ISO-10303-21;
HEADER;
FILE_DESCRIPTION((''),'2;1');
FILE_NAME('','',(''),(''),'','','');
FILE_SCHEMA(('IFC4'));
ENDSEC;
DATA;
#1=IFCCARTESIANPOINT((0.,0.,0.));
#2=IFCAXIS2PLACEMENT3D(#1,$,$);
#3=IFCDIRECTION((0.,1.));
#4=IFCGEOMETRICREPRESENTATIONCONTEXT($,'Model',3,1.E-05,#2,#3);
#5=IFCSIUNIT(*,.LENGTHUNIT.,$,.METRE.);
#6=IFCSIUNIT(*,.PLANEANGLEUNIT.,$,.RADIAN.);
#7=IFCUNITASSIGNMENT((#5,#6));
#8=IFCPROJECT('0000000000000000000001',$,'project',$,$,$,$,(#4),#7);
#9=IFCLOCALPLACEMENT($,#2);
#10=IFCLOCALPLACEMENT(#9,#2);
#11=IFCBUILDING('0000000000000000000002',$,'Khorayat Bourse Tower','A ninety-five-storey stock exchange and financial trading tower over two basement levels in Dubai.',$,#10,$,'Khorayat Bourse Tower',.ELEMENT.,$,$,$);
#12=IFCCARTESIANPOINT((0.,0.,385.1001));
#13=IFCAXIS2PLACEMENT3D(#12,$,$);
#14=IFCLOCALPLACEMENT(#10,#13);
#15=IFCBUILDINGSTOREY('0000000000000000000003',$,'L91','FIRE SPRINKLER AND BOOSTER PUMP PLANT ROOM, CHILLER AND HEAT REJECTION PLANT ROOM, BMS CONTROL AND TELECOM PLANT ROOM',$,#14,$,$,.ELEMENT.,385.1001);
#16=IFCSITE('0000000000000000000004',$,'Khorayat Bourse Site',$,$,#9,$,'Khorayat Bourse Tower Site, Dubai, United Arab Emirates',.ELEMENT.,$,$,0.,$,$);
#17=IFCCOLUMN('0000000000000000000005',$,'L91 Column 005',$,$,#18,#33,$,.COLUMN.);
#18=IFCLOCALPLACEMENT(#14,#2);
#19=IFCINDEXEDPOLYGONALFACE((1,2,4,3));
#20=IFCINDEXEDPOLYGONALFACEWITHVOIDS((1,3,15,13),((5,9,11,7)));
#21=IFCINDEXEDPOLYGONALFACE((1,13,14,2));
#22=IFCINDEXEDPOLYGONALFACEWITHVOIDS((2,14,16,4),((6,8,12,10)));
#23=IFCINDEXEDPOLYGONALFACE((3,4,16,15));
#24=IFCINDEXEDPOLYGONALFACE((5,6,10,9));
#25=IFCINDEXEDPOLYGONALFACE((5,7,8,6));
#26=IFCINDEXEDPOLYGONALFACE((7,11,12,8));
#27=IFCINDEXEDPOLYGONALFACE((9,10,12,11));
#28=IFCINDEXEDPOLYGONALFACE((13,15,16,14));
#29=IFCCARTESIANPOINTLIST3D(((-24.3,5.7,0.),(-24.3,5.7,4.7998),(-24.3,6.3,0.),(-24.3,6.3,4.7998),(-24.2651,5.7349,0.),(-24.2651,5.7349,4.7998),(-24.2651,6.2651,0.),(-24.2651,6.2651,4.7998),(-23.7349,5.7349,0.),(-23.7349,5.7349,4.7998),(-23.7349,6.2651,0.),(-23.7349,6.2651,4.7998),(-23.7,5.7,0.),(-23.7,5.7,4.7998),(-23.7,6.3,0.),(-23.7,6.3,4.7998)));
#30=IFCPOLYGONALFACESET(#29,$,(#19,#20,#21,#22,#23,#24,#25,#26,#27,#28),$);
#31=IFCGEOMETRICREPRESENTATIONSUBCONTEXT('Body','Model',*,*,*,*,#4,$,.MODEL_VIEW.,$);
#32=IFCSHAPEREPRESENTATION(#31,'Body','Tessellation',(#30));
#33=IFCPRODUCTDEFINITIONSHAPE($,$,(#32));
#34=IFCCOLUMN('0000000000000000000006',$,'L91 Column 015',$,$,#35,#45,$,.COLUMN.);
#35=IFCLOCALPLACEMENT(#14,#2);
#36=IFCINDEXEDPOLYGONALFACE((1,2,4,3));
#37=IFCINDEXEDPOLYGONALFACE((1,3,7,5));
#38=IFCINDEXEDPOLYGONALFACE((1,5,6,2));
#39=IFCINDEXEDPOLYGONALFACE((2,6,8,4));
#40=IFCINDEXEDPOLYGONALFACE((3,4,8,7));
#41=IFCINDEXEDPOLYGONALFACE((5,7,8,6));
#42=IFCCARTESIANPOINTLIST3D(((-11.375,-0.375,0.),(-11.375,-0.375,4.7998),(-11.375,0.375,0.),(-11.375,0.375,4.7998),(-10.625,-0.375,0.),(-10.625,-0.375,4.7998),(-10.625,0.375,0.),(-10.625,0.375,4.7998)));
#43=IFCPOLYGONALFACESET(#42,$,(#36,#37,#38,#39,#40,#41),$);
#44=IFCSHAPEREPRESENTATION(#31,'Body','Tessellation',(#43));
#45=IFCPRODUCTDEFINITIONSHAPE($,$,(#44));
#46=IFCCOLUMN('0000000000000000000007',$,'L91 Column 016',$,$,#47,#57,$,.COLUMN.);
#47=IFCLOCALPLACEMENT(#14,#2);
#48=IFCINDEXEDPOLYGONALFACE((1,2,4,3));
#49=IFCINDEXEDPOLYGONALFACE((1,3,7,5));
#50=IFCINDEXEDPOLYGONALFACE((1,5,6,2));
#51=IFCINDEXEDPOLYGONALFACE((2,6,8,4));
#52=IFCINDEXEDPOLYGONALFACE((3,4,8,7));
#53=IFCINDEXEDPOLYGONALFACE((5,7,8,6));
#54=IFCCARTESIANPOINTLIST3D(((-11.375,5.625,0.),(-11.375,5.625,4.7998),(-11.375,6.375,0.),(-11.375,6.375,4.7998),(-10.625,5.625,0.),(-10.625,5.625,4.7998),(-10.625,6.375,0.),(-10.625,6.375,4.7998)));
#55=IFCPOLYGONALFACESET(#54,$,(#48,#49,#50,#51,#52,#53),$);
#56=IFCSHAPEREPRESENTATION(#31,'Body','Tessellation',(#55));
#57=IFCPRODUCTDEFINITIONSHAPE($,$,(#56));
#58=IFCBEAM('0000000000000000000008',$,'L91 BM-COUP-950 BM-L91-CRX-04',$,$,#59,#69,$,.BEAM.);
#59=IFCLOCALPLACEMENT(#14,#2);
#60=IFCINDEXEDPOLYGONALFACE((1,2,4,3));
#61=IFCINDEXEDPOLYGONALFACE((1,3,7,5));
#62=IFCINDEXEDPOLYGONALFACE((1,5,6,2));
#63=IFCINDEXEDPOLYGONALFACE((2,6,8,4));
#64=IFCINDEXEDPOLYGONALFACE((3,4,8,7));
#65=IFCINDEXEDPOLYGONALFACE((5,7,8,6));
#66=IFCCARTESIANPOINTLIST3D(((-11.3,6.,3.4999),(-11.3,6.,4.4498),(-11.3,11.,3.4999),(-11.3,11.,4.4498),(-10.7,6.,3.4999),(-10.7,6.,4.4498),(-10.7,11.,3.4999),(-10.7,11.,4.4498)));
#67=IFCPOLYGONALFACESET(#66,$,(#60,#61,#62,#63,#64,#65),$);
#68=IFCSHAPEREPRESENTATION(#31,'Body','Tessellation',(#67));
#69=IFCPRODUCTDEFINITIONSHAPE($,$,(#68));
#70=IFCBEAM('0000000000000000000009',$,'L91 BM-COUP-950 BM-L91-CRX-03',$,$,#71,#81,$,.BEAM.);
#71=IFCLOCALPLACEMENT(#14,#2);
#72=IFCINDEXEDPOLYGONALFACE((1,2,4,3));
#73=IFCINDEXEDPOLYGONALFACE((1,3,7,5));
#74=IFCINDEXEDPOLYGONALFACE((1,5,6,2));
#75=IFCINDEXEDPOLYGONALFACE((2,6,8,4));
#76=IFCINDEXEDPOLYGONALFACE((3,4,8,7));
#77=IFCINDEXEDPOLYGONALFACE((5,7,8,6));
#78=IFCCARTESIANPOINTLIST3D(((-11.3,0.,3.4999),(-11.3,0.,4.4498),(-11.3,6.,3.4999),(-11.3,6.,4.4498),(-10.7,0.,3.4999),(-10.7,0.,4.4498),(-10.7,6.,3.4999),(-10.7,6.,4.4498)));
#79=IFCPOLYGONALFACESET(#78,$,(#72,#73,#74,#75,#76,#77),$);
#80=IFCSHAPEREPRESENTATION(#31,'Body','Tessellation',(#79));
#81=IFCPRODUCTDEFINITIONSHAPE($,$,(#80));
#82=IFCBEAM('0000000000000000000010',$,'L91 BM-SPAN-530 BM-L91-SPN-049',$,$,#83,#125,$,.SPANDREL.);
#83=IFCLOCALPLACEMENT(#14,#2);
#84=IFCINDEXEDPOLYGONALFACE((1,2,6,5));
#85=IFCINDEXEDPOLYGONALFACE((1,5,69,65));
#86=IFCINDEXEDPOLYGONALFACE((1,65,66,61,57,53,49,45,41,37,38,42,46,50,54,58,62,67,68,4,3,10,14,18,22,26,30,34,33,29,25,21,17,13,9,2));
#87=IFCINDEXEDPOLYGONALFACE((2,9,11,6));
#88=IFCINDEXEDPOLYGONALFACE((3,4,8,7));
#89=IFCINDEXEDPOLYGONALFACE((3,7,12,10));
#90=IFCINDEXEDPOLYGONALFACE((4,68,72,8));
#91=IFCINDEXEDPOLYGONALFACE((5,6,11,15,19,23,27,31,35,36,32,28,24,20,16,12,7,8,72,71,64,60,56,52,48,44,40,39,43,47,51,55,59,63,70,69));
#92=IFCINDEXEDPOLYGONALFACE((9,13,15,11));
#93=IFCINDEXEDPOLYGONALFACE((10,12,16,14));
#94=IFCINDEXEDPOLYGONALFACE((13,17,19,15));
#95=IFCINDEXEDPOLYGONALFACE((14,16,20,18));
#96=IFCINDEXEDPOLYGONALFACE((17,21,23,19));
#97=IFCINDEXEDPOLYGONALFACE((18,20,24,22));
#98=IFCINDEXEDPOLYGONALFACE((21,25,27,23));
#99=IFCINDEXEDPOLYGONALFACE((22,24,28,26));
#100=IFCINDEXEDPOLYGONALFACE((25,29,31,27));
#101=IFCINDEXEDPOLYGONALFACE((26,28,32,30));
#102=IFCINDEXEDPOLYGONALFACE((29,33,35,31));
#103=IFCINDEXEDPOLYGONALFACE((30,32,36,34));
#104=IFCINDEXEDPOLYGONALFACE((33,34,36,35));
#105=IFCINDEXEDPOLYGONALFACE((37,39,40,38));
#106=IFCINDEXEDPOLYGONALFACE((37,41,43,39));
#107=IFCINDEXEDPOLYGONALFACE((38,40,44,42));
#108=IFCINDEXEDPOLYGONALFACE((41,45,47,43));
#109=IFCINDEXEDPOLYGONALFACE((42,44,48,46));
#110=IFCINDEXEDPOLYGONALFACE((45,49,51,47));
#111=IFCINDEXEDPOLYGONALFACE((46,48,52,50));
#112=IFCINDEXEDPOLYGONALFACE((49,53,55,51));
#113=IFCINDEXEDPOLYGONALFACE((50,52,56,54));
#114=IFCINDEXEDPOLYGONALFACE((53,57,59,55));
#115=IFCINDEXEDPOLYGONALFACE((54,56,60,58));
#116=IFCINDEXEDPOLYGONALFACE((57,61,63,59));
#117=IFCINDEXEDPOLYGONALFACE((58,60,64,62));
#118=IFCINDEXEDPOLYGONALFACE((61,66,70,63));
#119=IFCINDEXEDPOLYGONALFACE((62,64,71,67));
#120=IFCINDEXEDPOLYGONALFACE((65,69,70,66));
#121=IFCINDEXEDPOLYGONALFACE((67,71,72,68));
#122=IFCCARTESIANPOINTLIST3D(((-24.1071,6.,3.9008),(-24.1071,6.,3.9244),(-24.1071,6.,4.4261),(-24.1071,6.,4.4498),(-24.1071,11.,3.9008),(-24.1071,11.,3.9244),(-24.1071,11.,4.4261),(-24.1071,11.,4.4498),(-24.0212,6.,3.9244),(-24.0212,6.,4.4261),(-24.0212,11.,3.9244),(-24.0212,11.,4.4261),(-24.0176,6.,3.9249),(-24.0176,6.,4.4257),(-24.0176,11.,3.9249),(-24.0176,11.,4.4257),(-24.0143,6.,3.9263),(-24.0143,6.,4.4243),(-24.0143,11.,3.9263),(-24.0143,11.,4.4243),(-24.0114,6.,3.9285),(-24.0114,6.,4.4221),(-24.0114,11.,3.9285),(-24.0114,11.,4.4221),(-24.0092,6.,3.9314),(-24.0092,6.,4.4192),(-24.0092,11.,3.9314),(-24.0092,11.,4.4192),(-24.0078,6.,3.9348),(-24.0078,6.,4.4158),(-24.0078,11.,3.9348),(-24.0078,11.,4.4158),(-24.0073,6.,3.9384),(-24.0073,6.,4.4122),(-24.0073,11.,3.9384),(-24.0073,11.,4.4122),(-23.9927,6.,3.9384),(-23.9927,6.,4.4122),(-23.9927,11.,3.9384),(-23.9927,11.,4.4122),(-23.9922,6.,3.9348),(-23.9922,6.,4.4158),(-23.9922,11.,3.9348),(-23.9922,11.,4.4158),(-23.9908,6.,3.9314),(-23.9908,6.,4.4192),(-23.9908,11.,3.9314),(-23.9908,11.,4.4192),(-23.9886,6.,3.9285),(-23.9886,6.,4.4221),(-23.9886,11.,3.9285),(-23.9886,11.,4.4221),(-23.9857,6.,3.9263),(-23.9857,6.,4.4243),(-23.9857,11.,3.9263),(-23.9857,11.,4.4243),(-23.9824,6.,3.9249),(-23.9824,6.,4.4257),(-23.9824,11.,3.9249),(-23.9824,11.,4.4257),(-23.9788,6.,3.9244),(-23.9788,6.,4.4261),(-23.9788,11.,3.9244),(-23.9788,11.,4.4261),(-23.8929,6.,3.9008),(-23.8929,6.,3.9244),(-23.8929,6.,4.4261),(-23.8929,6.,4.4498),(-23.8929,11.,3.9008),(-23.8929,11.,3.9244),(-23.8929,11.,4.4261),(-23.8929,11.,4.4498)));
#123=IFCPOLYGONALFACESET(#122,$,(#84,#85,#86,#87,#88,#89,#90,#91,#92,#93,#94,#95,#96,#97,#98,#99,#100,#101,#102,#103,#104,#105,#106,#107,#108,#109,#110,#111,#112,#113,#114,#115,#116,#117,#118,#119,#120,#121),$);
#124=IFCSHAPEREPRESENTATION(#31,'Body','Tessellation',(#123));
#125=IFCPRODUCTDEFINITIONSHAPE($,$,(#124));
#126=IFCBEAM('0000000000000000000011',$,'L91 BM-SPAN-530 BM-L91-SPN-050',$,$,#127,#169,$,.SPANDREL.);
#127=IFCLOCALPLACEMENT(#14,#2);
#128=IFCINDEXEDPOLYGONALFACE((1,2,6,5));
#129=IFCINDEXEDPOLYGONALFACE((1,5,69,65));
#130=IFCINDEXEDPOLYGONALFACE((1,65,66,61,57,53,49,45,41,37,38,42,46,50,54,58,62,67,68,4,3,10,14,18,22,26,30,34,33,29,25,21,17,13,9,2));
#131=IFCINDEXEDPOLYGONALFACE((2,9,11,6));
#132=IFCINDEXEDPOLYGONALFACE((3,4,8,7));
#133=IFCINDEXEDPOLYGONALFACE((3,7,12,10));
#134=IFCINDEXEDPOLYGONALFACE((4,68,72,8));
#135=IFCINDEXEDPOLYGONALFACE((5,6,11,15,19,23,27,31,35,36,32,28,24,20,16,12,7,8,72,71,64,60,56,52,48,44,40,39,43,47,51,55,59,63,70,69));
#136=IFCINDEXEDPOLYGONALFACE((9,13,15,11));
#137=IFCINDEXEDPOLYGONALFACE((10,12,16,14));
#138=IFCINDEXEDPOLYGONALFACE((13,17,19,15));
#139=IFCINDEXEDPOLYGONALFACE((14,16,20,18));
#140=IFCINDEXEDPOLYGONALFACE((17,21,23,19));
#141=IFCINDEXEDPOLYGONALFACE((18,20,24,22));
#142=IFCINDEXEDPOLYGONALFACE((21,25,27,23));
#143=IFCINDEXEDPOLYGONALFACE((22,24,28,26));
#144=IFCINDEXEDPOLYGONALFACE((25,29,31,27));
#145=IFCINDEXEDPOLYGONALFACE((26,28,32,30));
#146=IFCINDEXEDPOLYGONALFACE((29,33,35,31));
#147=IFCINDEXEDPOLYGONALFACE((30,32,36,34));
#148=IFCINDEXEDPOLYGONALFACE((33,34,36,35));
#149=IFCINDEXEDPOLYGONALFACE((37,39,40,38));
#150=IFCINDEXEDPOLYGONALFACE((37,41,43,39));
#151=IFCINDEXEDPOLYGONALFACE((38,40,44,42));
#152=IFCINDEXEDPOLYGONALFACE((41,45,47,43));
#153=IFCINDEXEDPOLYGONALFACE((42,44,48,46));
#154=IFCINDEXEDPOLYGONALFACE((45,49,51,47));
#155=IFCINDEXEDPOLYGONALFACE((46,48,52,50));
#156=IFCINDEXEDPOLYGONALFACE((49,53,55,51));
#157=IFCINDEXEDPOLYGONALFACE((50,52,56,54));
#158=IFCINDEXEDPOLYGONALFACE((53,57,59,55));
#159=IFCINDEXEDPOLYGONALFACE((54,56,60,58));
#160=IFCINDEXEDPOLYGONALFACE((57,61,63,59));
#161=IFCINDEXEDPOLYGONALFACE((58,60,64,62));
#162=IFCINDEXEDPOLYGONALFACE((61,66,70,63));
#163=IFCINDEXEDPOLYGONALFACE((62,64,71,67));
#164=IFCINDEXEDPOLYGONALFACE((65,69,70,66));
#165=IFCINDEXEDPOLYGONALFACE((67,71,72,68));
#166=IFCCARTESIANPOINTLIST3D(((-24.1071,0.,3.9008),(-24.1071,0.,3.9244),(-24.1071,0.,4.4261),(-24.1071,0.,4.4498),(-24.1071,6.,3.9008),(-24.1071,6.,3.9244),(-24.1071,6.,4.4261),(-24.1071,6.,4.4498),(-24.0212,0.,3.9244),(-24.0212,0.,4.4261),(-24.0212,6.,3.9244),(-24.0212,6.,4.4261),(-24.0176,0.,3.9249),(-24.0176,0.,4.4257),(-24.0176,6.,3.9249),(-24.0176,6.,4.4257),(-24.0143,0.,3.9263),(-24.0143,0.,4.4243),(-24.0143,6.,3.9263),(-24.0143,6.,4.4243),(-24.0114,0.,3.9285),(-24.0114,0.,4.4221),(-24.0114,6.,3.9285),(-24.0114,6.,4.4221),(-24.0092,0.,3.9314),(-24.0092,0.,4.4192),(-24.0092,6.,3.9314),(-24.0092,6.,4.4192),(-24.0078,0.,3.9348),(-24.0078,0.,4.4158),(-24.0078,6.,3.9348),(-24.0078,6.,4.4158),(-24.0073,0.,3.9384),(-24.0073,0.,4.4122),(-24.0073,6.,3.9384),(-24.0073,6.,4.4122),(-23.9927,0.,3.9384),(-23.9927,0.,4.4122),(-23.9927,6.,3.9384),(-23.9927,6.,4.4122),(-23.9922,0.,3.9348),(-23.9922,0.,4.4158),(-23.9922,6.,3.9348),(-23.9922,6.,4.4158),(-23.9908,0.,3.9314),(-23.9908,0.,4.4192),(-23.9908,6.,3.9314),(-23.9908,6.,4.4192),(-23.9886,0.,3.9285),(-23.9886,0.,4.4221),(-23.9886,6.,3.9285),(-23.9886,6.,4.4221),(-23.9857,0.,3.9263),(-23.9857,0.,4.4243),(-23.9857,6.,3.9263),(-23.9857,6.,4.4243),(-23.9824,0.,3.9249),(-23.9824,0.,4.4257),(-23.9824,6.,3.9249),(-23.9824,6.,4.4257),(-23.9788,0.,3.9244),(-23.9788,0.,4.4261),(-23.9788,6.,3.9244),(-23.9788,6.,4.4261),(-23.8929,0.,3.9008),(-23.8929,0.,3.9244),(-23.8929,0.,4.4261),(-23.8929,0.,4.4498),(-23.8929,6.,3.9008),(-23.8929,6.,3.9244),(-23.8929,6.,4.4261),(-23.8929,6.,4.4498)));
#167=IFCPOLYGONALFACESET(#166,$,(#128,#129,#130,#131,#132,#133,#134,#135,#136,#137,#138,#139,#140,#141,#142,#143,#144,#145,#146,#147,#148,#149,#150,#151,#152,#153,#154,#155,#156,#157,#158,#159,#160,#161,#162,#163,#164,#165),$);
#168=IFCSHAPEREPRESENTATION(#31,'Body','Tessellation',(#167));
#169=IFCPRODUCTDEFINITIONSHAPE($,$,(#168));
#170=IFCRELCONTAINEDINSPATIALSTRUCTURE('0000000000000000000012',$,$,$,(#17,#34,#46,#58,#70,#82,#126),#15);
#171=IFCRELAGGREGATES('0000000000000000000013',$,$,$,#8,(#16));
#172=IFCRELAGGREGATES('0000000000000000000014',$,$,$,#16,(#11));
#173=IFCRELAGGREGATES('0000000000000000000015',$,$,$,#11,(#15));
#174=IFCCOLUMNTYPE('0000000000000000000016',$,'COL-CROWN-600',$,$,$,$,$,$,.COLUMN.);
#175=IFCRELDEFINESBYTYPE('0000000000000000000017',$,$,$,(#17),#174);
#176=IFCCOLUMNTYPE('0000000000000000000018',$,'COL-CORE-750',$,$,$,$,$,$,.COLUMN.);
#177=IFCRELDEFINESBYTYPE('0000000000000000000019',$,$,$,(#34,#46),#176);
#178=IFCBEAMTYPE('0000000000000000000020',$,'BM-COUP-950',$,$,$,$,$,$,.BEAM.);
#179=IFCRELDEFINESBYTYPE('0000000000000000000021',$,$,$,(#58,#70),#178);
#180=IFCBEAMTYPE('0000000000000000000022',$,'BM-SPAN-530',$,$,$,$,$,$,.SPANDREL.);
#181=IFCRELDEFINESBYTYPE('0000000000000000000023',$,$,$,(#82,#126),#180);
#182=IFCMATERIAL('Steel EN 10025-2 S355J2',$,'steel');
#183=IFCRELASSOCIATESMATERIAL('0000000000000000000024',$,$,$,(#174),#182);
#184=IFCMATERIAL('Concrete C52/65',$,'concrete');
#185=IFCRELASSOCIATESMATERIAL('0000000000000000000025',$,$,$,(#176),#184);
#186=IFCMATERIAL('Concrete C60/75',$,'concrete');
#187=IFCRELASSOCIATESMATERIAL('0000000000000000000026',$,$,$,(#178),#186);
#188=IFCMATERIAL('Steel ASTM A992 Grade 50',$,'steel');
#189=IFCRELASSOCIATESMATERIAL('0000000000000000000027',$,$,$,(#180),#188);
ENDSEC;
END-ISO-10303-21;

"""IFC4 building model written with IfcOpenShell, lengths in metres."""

from ifc_helpers import new_model, si_unit, direction, frame, origin, origin_2d, place, context, subcontext, project, spatial, rectangle, hollow_rectangle, i_section, extrude, source, transform, mapped, material, material_profile, profile_set, type_object, element, save


model = new_model("IFC4")

# Units and contexts
model_context = context("Model", 3, precision=1e-05, world=origin(), true_north=direction((0.0, 1.0)))
body_context = subcontext(model_context, "Body", "Model", "MODEL_VIEW")
ifc_project = project(units=[si_unit("LENGTHUNIT", "METRE"), si_unit("PLANEANGLEUNIT", "RADIAN")], contexts=[model_context])

# Site, building, storey
site_placement = place(None, origin())
site = spatial("IfcSite", under=ifc_project, at=site_placement, Name="Khorayat Bourse Site", LongName="Khorayat Bourse Tower Site, Dubai, United Arab Emirates", CompositionType="ELEMENT", RefElevation=0.0)
building_placement = place(site_placement, origin())
building = spatial("IfcBuilding", under=site, at=building_placement, Name="Khorayat Bourse Tower", Description="A ninety-five-storey stock exchange and financial trading tower over two basement levels in Dubai.", LongName="Khorayat Bourse Tower", CompositionType="ELEMENT")
storey_placement = place(building_placement, frame((0.0, 0.0, 385.1001)))
storey = spatial("IfcBuildingStorey", under=building, at=storey_placement, Name="L91", Description="FIRE SPRINKLER AND BOOSTER PUMP PLANT ROOM, CHILLER AND HEAT REJECTION PLANT ROOM, BMS CONTROL AND TELECOM PLANT ROOM", CompositionType="ELEMENT", Elevation=385.1001)

# Columns
ifc_material_1 = material(Name="Steel EN 10025-2 S355J2", Category="steel")
ifc_material_profile_1 = material_profile(ifc_material_1, hollow_rectangle(XDim=0.6001, YDim=0.6001, WallThickness=0.0349, at=origin_2d()), Name="BOX 600x600x35")
ifc_profile_set_1 = profile_set([ifc_material_profile_1], Name="Steel EN 10025-2 S355J2")
column_type_1 = type_object("IfcColumnType", Name="COL-CROWN-600", PredefinedType="COLUMN", material=ifc_profile_set_1)
shared_shape_1 = source(origin(), body_context, "Body", "SweptSolid", [
    extrude(hollow_rectangle(XDim=0.6001, YDim=0.6001, WallThickness=0.0349, at=origin_2d()), origin(), (0.0, 0.0, 1.0), 4.7998),
])
column_placement = place(storey_placement, frame((-24.0, 6.0, 0.0), z_axis=(0.0, 0.0, 1.0), x_axis=(1.0, 0.0, 0.0)))
element("IfcColumn", 1, at=column_placement, inside=storey, type_object=column_type_1, Name="L91 Column 005", PredefinedType="COLUMN", context=body_context, shape_type="MappedRepresentation", body=[
    mapped(shared_shape_1, transform((0.0, 0.0, 0.0), scale=1.0)),
])
ifc_material_2 = material(Name="Concrete C52/65", Category="concrete")
ifc_material_profile_2 = material_profile(ifc_material_2, rectangle(XDim=0.75, YDim=0.75, at=origin_2d()), Name="RC 750x750")
ifc_profile_set_2 = profile_set([ifc_material_profile_2], Name="Concrete C52/65")
column_type_2 = type_object("IfcColumnType", Name="COL-CORE-750", PredefinedType="COLUMN", material=ifc_profile_set_2)
shared_shape_2 = source(origin(), body_context, "Body", "SweptSolid", [
    extrude(rectangle(XDim=0.75, YDim=0.75, at=origin_2d()), origin(), (0.0, 0.0, 1.0), 4.7998),
])
for number, where, z_axis, x_axis, name in (
    (2, (-11.0, 0.0, 0.0), (0.0, 0.0, 1.0), (1.0, 0.0, 0.0), "L91 Column 015"),
    (3, (-11.0, 6.0, 0.0), (0.0, 0.0, 1.0), (1.0, 0.0, 0.0), "L91 Column 016"),
):
    element("IfcColumn", number, at=place(storey_placement, frame(where, z_axis=z_axis, x_axis=x_axis)), inside=storey, type_object=column_type_2, Name=name, PredefinedType="COLUMN", context=body_context, shape_type="MappedRepresentation", body=[
        mapped(shared_shape_2, transform((0.0, 0.0, 0.0), scale=1.0)),
    ])

# Beams
ifc_material_3 = material(Name="Concrete C60/75", Category="concrete")
ifc_material_profile_3 = material_profile(ifc_material_3, rectangle(XDim=0.6001, YDim=0.95, at=origin_2d()), Name="RC 600x950")
ifc_profile_set_3 = profile_set([ifc_material_profile_3], Name="Concrete C60/75")
beam_type_1 = type_object("IfcBeamType", Name="BM-COUP-950", PredefinedType="BEAM", material=ifc_profile_set_3)
shared_shape_3 = source(origin(), body_context, "Body", "SweptSolid", [
    extrude(rectangle(XDim=0.6001, YDim=0.95, at=origin_2d()), origin(), (0.0, 0.0, 1.0), 5.0),
])
beam_1_placement = place(storey_placement, frame((-11.0, 6.0, 3.9749), z_axis=(0.0, 1.0, 0.0), x_axis=(-1.0, 0.0, 0.0)))
element("IfcBeam", 4, at=beam_1_placement, inside=storey, type_object=beam_type_1, Name="L91 BM-COUP-950 BM-L91-CRX-04", PredefinedType="BEAM", context=body_context, shape_type="MappedRepresentation", body=[
    mapped(shared_shape_3, transform((0.0, 0.0, 0.0), scale=1.0)),
])
shared_shape_4 = source(origin(), body_context, "Body", "SweptSolid", [
    extrude(rectangle(XDim=0.6001, YDim=0.95, at=origin_2d()), origin(), (0.0, 0.0, 1.0), 6.0),
])
beam_2_placement = place(storey_placement, frame((-11.0, 0.0, 3.9749), z_axis=(0.0, 1.0, 0.0), x_axis=(-1.0, 0.0, 0.0)))
element("IfcBeam", 5, at=beam_2_placement, inside=storey, type_object=beam_type_1, Name="L91 BM-COUP-950 BM-L91-CRX-03", PredefinedType="BEAM", context=body_context, shape_type="MappedRepresentation", body=[
    mapped(shared_shape_4, transform((0.0, 0.0, 0.0), scale=1.0)),
])
ifc_material_4 = material(Name="Steel ASTM A992 Grade 50", Category="steel")
ifc_material_profile_4 = material_profile(ifc_material_4, i_section(OverallWidth=0.2141, OverallDepth=0.5491, WebThickness=0.0146, FlangeThickness=0.0237, FilletRadius=0.0139, at=origin_2d()), Name="W530X138")
ifc_profile_set_4 = profile_set([ifc_material_profile_4], Name="Steel ASTM A992 Grade 50")
beam_type_2 = type_object("IfcBeamType", Name="BM-SPAN-530", PredefinedType="SPANDREL", material=ifc_profile_set_4)
shared_shape_5 = source(origin(), body_context, "Body", "SweptSolid", [
    extrude(i_section(OverallWidth=0.2141, OverallDepth=0.5491, WebThickness=0.0146, FlangeThickness=0.0237, FilletRadius=0.0139, at=origin_2d()), origin(), (0.0, 0.0, 1.0), 5.0),
])
beam_3_placement = place(storey_placement, frame((-24.0, 6.0, 4.1753), z_axis=(0.0, 1.0, 0.0), x_axis=(-1.0, 0.0, 0.0)))
element("IfcBeam", 6, at=beam_3_placement, inside=storey, type_object=beam_type_2, Name="L91 BM-SPAN-530 BM-L91-SPN-049", PredefinedType="SPANDREL", context=body_context, shape_type="MappedRepresentation", body=[
    mapped(shared_shape_5, transform((0.0, 0.0, 0.0), scale=1.0)),
])
shared_shape_6 = source(origin(), body_context, "Body", "SweptSolid", [
    extrude(i_section(OverallWidth=0.2141, OverallDepth=0.5491, WebThickness=0.0146, FlangeThickness=0.0237, FilletRadius=0.0139, at=origin_2d()), origin(), (0.0, 0.0, 1.0), 6.0),
])
beam_4_placement = place(storey_placement, frame((-24.0, 0.0, 4.1753), z_axis=(0.0, 1.0, 0.0), x_axis=(-1.0, 0.0, 0.0)))
element("IfcBeam", 7, at=beam_4_placement, inside=storey, type_object=beam_type_2, Name="L91 BM-SPAN-530 BM-L91-SPN-050", PredefinedType="SPANDREL", context=body_context, shape_type="MappedRepresentation", body=[
    mapped(shared_shape_6, transform((0.0, 0.0, 0.0), scale=1.0)),
])

save(model, "model.ifc")
